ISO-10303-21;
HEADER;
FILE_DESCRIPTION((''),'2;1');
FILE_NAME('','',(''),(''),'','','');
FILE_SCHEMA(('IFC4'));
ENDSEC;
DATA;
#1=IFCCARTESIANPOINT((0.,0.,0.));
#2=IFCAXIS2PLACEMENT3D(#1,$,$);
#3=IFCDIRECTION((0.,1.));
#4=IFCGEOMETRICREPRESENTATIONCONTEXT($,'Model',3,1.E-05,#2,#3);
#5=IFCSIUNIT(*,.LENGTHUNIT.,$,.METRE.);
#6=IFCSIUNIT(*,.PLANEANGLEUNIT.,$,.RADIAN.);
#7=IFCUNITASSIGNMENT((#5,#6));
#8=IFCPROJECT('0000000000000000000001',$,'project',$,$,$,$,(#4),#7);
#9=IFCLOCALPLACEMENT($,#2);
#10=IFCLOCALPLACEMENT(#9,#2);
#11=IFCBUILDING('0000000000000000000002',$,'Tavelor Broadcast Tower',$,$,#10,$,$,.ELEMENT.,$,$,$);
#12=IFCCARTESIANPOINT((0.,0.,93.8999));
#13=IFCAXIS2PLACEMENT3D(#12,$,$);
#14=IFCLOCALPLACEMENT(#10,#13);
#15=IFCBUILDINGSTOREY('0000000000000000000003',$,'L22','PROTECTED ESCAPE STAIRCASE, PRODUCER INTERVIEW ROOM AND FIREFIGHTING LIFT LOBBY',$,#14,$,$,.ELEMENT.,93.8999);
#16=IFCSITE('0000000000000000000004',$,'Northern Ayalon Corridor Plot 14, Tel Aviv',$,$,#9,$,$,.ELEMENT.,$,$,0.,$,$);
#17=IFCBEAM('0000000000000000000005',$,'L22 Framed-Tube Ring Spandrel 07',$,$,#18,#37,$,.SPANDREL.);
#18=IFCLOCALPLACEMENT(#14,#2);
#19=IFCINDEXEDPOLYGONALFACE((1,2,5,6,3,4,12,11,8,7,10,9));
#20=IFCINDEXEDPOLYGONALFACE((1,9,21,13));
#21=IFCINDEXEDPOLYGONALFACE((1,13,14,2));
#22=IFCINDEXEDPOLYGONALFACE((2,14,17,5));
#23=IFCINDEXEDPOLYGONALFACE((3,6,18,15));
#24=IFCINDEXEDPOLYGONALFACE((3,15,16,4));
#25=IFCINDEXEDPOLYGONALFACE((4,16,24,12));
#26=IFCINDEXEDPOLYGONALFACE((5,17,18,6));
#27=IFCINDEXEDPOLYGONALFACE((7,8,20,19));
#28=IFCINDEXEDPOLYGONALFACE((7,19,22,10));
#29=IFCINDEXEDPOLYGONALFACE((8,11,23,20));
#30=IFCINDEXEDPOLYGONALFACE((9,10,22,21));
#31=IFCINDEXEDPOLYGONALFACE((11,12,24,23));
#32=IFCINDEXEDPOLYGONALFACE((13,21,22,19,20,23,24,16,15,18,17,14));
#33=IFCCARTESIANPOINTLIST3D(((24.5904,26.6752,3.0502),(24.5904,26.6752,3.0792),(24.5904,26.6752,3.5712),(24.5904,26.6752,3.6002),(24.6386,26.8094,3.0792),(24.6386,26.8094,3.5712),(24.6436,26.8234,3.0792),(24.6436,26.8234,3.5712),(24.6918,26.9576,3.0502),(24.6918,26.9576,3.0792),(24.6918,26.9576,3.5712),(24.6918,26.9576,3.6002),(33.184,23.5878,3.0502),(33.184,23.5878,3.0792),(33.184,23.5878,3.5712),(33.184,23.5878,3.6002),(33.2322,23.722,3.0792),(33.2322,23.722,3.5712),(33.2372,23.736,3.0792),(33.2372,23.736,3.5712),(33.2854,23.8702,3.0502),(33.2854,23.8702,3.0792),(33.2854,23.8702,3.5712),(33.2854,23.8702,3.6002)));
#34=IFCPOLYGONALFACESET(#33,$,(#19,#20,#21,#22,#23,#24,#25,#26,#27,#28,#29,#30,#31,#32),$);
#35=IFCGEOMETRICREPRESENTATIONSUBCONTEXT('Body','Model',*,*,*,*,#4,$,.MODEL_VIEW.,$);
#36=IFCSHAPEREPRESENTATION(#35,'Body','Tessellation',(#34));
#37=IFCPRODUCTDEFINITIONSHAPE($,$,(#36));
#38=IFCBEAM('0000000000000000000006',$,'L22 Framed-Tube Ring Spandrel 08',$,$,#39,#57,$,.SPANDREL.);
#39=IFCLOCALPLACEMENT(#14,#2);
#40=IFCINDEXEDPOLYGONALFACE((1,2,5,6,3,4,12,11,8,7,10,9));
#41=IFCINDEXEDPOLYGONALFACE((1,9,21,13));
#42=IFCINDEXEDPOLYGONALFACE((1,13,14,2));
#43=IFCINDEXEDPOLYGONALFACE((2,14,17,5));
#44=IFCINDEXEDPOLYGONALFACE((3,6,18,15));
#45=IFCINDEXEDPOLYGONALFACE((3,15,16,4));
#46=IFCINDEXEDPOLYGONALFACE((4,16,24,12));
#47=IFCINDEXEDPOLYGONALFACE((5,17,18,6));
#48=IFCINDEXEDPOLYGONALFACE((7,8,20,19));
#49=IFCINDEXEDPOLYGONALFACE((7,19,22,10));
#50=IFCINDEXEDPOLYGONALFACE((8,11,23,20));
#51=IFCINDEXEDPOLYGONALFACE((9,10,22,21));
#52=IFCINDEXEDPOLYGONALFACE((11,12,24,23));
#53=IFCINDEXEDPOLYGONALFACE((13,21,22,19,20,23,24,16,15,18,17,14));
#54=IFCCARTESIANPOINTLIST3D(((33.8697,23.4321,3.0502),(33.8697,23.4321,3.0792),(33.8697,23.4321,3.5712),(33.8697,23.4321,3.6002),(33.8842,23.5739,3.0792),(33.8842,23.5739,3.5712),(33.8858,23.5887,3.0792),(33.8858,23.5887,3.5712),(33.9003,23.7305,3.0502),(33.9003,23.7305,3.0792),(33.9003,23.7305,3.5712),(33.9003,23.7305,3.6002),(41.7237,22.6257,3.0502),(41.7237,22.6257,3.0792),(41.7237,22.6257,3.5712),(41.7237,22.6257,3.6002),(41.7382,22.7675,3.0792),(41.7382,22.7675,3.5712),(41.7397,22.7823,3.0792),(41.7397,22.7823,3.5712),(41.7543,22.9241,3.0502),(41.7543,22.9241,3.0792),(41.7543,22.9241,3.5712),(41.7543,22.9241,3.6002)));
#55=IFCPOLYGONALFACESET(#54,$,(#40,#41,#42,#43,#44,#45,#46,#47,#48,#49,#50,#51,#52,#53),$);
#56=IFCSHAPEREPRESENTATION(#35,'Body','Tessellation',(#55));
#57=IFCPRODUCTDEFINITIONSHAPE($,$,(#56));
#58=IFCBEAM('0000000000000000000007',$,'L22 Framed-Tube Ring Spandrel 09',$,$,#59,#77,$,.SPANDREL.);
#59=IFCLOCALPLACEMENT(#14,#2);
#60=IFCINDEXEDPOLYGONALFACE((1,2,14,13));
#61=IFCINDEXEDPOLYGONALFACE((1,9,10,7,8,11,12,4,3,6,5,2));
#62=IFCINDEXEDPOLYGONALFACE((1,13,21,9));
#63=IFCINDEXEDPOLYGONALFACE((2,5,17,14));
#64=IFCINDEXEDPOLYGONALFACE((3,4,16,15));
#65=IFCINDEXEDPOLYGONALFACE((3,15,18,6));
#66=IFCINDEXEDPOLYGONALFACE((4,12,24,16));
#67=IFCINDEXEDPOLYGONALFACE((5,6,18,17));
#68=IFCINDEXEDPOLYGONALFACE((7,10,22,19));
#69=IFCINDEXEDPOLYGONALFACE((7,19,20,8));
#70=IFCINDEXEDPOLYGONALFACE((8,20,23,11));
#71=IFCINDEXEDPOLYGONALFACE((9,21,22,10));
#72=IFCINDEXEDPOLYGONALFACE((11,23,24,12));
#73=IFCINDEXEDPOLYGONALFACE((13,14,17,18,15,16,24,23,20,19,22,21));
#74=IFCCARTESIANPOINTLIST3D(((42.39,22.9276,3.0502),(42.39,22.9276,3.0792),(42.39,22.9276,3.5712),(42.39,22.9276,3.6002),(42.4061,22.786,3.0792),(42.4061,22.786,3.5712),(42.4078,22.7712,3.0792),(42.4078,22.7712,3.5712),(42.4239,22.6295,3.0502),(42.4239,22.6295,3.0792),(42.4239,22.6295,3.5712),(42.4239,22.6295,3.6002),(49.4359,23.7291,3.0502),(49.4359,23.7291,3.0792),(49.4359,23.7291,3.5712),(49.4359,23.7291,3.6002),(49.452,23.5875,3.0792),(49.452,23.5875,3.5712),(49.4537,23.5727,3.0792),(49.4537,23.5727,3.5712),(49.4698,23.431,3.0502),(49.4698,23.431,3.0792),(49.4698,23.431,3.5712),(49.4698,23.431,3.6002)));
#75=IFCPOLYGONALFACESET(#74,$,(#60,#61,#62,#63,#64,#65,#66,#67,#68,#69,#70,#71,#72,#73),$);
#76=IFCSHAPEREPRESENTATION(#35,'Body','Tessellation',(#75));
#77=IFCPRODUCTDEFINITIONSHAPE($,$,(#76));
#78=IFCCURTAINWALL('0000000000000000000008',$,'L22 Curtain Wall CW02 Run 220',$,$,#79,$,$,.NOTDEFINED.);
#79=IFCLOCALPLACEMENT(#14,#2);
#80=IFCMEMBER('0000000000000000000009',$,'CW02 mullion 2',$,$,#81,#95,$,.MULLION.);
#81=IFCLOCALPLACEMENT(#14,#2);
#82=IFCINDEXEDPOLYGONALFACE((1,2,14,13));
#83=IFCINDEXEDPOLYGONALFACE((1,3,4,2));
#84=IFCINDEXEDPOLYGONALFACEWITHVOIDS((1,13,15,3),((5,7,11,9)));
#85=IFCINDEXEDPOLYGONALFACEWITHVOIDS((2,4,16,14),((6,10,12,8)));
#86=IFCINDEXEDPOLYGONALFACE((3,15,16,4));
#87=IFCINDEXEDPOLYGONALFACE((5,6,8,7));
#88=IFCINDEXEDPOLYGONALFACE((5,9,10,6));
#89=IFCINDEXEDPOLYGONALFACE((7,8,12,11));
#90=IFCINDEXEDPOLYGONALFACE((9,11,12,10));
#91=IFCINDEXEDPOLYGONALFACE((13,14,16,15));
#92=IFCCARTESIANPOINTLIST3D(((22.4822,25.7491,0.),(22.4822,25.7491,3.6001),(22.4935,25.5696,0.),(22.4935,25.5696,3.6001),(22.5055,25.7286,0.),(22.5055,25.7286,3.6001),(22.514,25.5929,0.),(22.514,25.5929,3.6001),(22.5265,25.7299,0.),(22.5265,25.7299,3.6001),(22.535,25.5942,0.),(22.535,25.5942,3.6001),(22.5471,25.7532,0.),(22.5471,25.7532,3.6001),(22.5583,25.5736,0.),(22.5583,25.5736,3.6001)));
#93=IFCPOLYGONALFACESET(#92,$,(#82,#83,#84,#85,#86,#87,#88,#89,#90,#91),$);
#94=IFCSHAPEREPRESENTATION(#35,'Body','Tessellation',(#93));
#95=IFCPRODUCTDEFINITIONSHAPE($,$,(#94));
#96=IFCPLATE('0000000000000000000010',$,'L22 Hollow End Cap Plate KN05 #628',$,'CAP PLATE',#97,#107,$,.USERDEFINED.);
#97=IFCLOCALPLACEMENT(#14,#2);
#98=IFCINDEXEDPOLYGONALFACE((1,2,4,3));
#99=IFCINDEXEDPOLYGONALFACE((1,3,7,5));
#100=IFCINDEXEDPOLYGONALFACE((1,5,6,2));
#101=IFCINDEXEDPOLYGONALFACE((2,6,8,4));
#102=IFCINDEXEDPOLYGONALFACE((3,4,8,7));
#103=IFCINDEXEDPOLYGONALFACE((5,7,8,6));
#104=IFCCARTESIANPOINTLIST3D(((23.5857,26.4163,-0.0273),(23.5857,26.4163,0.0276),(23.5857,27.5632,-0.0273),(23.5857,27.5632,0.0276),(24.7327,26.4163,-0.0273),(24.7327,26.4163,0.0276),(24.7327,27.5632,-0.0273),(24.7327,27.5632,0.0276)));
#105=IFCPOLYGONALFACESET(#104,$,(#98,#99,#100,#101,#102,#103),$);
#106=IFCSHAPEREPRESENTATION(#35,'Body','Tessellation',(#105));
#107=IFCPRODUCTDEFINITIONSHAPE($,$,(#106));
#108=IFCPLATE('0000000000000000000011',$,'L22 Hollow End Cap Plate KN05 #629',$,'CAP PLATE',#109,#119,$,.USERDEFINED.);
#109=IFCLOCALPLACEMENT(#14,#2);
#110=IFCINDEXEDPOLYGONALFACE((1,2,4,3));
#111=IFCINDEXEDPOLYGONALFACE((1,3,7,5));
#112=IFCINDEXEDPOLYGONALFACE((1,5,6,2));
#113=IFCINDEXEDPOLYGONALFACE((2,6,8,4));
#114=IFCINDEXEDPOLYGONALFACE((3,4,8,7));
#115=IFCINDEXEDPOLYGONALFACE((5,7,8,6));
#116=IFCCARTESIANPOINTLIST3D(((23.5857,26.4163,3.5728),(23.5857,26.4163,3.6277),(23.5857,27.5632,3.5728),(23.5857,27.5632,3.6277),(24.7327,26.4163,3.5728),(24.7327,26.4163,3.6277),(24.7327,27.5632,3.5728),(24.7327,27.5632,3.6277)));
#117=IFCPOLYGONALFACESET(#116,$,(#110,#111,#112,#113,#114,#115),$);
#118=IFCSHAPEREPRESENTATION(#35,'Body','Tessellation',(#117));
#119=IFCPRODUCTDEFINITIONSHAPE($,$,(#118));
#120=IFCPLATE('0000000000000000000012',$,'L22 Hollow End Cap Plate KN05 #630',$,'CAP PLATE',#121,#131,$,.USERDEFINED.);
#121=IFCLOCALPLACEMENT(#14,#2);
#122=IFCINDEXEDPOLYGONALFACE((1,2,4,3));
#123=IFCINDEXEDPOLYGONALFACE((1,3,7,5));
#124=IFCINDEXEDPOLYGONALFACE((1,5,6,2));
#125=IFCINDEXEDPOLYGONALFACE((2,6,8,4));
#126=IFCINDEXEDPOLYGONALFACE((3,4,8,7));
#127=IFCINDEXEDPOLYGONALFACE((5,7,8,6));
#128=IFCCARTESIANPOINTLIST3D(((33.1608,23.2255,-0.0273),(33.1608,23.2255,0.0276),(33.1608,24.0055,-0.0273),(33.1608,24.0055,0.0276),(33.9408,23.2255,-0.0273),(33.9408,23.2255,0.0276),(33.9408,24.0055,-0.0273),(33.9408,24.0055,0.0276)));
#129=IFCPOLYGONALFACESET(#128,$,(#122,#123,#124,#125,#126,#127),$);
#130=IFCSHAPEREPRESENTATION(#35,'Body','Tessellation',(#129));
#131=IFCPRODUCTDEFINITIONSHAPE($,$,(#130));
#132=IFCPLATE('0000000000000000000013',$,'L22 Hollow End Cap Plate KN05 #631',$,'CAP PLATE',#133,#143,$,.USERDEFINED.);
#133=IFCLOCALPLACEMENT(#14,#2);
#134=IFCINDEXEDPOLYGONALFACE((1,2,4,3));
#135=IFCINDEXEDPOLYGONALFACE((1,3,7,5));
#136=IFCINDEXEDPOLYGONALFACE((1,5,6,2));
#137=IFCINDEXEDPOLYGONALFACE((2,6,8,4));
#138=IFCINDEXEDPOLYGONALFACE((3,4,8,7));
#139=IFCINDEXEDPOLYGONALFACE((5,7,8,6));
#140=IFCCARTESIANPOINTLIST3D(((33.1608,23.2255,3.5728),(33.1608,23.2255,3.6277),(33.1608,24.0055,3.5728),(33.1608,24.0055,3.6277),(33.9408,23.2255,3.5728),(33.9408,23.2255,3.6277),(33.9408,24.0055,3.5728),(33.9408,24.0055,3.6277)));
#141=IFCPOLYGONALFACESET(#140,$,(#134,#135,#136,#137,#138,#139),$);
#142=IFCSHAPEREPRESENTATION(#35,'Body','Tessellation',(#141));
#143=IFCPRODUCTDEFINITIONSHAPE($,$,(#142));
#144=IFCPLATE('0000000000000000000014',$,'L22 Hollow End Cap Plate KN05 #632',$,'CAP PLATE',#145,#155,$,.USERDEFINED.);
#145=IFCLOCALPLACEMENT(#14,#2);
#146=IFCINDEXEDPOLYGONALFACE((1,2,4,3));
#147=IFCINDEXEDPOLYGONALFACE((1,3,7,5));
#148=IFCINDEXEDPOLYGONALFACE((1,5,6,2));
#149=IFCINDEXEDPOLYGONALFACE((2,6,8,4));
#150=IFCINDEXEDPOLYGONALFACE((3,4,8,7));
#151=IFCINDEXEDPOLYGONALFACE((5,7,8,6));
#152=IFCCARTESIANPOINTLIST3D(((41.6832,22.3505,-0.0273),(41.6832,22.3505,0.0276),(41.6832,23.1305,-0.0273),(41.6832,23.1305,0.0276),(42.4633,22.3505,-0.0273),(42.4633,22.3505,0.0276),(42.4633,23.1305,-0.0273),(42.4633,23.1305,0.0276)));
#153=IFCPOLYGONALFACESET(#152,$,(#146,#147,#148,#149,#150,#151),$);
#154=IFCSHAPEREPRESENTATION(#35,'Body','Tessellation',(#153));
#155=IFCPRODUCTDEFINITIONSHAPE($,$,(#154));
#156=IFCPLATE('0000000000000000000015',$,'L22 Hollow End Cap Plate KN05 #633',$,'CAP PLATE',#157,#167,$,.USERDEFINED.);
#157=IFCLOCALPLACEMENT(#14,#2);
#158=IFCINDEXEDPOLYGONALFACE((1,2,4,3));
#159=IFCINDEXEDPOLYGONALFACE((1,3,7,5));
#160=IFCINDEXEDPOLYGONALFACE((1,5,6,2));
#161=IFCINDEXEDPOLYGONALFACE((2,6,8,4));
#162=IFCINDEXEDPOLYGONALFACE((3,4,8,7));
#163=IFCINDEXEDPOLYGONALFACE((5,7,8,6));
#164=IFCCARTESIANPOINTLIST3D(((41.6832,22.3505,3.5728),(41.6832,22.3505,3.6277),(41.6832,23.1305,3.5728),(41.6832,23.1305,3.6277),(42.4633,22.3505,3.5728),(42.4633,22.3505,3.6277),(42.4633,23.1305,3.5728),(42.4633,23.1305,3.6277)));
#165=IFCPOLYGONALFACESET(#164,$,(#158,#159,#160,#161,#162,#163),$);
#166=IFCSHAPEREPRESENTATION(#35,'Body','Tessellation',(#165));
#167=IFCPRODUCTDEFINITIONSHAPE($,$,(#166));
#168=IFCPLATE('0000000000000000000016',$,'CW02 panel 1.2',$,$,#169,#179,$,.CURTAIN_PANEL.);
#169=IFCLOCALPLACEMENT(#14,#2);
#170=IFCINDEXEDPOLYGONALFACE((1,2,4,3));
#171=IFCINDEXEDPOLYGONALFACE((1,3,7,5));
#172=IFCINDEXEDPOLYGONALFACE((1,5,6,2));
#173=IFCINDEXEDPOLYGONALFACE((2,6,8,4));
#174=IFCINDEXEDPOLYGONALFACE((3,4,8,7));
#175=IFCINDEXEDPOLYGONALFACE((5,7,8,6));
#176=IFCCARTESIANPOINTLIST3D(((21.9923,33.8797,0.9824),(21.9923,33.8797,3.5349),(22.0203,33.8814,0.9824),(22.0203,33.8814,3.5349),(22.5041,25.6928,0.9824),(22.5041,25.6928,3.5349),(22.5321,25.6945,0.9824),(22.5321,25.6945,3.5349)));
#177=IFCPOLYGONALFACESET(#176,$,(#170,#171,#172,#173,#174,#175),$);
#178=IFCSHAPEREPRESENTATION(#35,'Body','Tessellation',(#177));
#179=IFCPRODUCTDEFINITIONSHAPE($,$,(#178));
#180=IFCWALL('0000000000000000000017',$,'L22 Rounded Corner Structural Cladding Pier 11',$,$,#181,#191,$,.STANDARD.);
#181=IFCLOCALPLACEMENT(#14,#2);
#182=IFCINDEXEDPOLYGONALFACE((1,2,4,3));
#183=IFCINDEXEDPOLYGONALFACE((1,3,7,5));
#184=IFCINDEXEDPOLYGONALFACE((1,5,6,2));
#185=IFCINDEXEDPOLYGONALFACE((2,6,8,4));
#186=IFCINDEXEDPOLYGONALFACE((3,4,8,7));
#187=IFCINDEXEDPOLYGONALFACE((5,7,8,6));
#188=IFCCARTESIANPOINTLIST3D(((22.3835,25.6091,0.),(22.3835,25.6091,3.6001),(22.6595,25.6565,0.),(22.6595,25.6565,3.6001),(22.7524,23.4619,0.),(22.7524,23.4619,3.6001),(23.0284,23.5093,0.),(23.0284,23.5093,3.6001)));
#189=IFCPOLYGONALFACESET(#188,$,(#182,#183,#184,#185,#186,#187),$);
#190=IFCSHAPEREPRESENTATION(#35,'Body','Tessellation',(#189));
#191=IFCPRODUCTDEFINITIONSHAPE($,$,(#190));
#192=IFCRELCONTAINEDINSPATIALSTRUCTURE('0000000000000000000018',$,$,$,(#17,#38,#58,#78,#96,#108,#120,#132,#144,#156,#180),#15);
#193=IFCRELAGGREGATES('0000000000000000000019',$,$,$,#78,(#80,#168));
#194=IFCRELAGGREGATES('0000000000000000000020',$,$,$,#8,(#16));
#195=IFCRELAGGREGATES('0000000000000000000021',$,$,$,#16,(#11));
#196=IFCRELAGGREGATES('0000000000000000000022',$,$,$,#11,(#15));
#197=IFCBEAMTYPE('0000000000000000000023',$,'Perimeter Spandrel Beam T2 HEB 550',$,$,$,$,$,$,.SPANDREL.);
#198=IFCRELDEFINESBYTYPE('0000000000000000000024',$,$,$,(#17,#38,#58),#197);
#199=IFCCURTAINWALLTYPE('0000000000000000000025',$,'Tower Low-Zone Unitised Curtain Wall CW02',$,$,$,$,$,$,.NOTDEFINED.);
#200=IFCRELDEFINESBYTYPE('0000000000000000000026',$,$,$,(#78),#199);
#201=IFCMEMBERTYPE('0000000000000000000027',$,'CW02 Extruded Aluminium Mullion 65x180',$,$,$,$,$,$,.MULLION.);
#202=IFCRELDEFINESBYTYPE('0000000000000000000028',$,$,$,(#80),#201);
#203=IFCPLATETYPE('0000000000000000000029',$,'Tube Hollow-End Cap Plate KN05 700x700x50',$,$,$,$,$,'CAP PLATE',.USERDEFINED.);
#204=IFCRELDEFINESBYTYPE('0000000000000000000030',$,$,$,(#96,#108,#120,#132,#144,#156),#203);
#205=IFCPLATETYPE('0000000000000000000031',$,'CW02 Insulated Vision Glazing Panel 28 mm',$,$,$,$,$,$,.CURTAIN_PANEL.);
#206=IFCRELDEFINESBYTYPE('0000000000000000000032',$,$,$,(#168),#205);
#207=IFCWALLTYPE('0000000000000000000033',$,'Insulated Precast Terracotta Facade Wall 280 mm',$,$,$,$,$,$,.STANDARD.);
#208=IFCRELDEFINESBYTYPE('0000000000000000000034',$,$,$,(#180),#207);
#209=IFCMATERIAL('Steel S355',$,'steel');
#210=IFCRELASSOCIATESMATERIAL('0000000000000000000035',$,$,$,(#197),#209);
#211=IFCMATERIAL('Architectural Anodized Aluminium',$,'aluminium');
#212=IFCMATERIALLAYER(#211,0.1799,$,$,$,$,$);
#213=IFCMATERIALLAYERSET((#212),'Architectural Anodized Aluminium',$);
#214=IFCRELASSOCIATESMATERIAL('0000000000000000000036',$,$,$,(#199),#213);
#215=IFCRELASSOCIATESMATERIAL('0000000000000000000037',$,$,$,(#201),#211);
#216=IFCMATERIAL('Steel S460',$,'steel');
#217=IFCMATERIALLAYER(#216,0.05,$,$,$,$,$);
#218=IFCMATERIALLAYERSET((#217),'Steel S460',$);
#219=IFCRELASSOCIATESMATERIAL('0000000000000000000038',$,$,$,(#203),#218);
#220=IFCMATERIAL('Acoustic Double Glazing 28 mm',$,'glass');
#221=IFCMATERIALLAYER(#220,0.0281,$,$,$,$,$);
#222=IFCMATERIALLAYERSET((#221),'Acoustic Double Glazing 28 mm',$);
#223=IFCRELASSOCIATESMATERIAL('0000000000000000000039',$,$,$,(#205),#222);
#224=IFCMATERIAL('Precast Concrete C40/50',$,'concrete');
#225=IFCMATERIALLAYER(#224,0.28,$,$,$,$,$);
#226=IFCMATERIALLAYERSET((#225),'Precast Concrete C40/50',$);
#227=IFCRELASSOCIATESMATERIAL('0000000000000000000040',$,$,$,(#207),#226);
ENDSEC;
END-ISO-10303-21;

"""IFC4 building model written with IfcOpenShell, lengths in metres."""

from ifc_helpers import new_model, si_unit, direction, frame, frame_2d, origin, origin_2d, place, context, subcontext, project, spatial, rectangle, hollow_rectangle, i_section, extrude, source, transform, mapped, material, layer, layer_set, material_profile, profile_set, type_object, type_shapes, element, aggregate, save


model = new_model("IFC4")

# Units and contexts
model_context = context("Model", 3, precision=1e-05, world=origin(), true_north=direction((0.0, 1.0)))
body_context = subcontext(model_context, "Body", "Model", "MODEL_VIEW")
ifc_project = project(units=[si_unit("LENGTHUNIT", "METRE"), si_unit("PLANEANGLEUNIT", "RADIAN")], contexts=[model_context])

# Site, building, storey
site_placement = place(None, origin())
site = spatial("IfcSite", under=ifc_project, at=site_placement, Name="Northern Ayalon Corridor Plot 14, Tel Aviv", CompositionType="ELEMENT", RefElevation=0.0)
building_placement = place(site_placement, origin())
building = spatial("IfcBuilding", under=site, at=building_placement, Name="Tavelor Broadcast Tower", CompositionType="ELEMENT")
storey_placement = place(building_placement, frame((0.0, 0.0, 93.8999)))
storey = spatial("IfcBuildingStorey", under=building, at=storey_placement, Name="L22", Description="PROTECTED ESCAPE STAIRCASE, PRODUCER INTERVIEW ROOM AND FIREFIGHTING LIFT LOBBY", CompositionType="ELEMENT", Elevation=93.8999)

# Shared definitions
ifc_material_1 = material(Name="Steel S460", Category="steel")

# Beams
ifc_material_2 = material(Name="Steel S355", Category="steel")
ifc_material_profile_1 = material_profile(ifc_material_2, i_section(OverallWidth=0.3, OverallDepth=0.55, WebThickness=0.0149, FlangeThickness=0.0291, at=origin_2d()), Name="HEB 550")
ifc_profile_set_1 = profile_set([ifc_material_profile_1], Name="Steel S355")
beam_type_1 = type_object("IfcBeamType", Name="Perimeter Spandrel Beam T2 HEB 550", PredefinedType="SPANDREL", material=ifc_profile_set_1)
beam_1_placement = place(storey_placement, frame((24.6411, 26.8164, 3.3252), z_axis=(0.941106, -0.338113, 0.0), x_axis=(0.338113, 0.941106, 0.0)))
element("IfcBeam", 1, at=beam_1_placement, inside=storey, type_object=beam_type_1, Name="L22 Framed-Tube Ring Spandrel 07", PredefinedType="SPANDREL", context=body_context, shape_type="SweptSolid", body=[
    extrude(i_section(OverallWidth=0.3, OverallDepth=0.55, WebThickness=0.0149, FlangeThickness=0.0291, at=origin_2d()), origin(), (0.0, 0.0, 1.0), 9.1313),
])
beam_2_placement = place(storey_placement, frame((33.885, 23.5813, 3.3252), z_axis=(0.99477, -0.102136, 0.0), x_axis=(0.102136, 0.99477, 0.0)))
element("IfcBeam", 2, at=beam_2_placement, inside=storey, type_object=beam_type_1, Name="L22 Framed-Tube Ring Spandrel 08", PredefinedType="SPANDREL", context=body_context, shape_type="SweptSolid", body=[
    extrude(i_section(OverallWidth=0.3, OverallDepth=0.55, WebThickness=0.0149, FlangeThickness=0.0291, at=origin_2d()), origin(), (0.0, 0.0, 1.0), 7.8953),
])
beam_3_placement = place(storey_placement, frame((42.407, 22.7786, 3.3252), z_axis=(0.993592, 0.113027, 0.0), x_axis=(-0.113027, 0.993592, 0.0)))
element("IfcBeam", 3, at=beam_3_placement, inside=storey, type_object=beam_type_1, Name="L22 Framed-Tube Ring Spandrel 09", PredefinedType="SPANDREL", context=body_context, shape_type="SweptSolid", body=[
    extrude(i_section(OverallWidth=0.3, OverallDepth=0.55, WebThickness=0.0149, FlangeThickness=0.0291, at=origin_2d()), origin(), (0.0, 0.0, 1.0), 7.0913),
])

# Curtain wall, member
ifc_material_3 = material(Name="Architectural Anodized Aluminium", Category="aluminium")
ifc_layer_1 = layer(ifc_material_3, 0.1799)
ifc_layer_set_1 = layer_set([ifc_layer_1], Name="Architectural Anodized Aluminium")
curtain_wall_type = type_object("IfcCurtainWallType", Name="Tower Low-Zone Unitised Curtain Wall CW02", PredefinedType="NOTDEFINED", material=ifc_layer_set_1)
curtain_wall_placement = place(storey_placement, origin())
curtain_wall = element("IfcCurtainWall", 4, at=curtain_wall_placement, inside=storey, type_object=curtain_wall_type, Name="L22 Curtain Wall CW02 Run 220", PredefinedType="NOTDEFINED")
ifc_material_profile_2 = material_profile(ifc_material_3, hollow_rectangle(XDim=0.0649, YDim=0.1799, WallThickness=0.022, at=origin_2d()), Name="RHS 65x180x22")
ifc_profile_set_2 = profile_set([ifc_material_profile_2], Name="Architectural Anodized Aluminium")
member_type = type_object("IfcMemberType", Name="CW02 Extruded Aluminium Mullion 65x180", PredefinedType="MULLION", material=ifc_profile_set_2)
shared_shape_1 = source(origin(), body_context, "Body", "SweptSolid", [
    extrude(hollow_rectangle(XDim=0.0649, YDim=0.1799, WallThickness=0.022, at=origin_2d()), origin(), (0.0, 0.0, 1.0), 3.6001),
])
type_shapes(member_type, [shared_shape_1])
member_placement = place(storey_placement, frame((22.5203, 25.6614, 0.0), z_axis=(0.0, 0.0, 1.0), x_axis=(0.998052, 0.062392, 0.0)))
member = element("IfcMember", 5, at=member_placement, type_object=member_type, Name="CW02 mullion 2", PredefinedType="MULLION", context=body_context, shape_type="MappedRepresentation", body=[
    mapped(shared_shape_1, transform((0.0, 0.0, 0.0), scale=1.0)),
])

# Plates
ifc_layer_2 = layer(ifc_material_1, 0.05)
ifc_layer_set_2 = layer_set([ifc_layer_2], Name="Steel S460")
plate_type_1 = type_object("IfcPlateType", Name="Tube Hollow-End Cap Plate KN05 700x700x50", ElementType="CAP PLATE", PredefinedType="USERDEFINED", material=ifc_layer_set_2)
shared_shape_2 = source(origin(), body_context, "Body", "SweptSolid", [
    extrude(rectangle(XDim=1.147, YDim=1.147, at=origin_2d()), origin(), (0.0, 0.0, 1.0), 0.0549),
])
for number, where, z_axis, x_axis, name in (
    (6, (24.1592, 26.9897, -0.0273), (0.0, 0.0, 1.0), (1.0, 0.0, 0.0), "L22 Hollow End Cap Plate KN05 #628"),
    (7, (24.1592, 26.9897, 3.5728), (0.0, 0.0, 1.0), (1.0, 0.0, 0.0), "L22 Hollow End Cap Plate KN05 #629"),
):
    element("IfcPlate", number, at=place(storey_placement, frame(where, z_axis=z_axis, x_axis=x_axis)), inside=storey, type_object=plate_type_1, Name=name, ObjectType="CAP PLATE", PredefinedType="USERDEFINED", context=body_context, shape_type="MappedRepresentation", body=[
        mapped(shared_shape_2, transform((0.0, 0.0, 0.0), scale=1.0)),
    ])
shared_shape_3 = source(origin(), body_context, "Body", "SweptSolid", [
    extrude(rectangle(XDim=0.78, YDim=0.78, at=origin_2d()), origin(), (0.0, 0.0, 1.0), 0.0549),
])
type_shapes(plate_type_1, [shared_shape_2, shared_shape_3])
for number, where, z_axis, x_axis, name in (
    (8, (33.5508, 23.6155, -0.0273), (0.0, 0.0, 1.0), (1.0, 0.0, 0.0), "L22 Hollow End Cap Plate KN05 #630"),
    (9, (33.5508, 23.6155, 3.5728), (0.0, 0.0, 1.0), (1.0, 0.0, 0.0), "L22 Hollow End Cap Plate KN05 #631"),
    (10, (42.0732, 22.7405, -0.0273), (0.0, 0.0, 1.0), (1.0, 0.0, 0.0), "L22 Hollow End Cap Plate KN05 #632"),
    (11, (42.0732, 22.7405, 3.5728), (0.0, 0.0, 1.0), (1.0, 0.0, 0.0), "L22 Hollow End Cap Plate KN05 #633"),
):
    element("IfcPlate", number, at=place(storey_placement, frame(where, z_axis=z_axis, x_axis=x_axis)), inside=storey, type_object=plate_type_1, Name=name, ObjectType="CAP PLATE", PredefinedType="USERDEFINED", context=body_context, shape_type="MappedRepresentation", body=[
        mapped(shared_shape_3, transform((0.0, 0.0, 0.0), scale=1.0)),
    ])

# Plate
ifc_material_4 = material(Name="Acoustic Double Glazing 28 mm", Category="glass")
ifc_layer_3 = layer(ifc_material_4, 0.0281)
ifc_layer_set_3 = layer_set([ifc_layer_3], Name="Acoustic Double Glazing 28 mm")
plate_type_2 = type_object("IfcPlateType", Name="CW02 Insulated Vision Glazing Panel 28 mm", PredefinedType="CURTAIN_PANEL", material=ifc_layer_set_3)
shared_shape_4 = source(origin(), body_context, "Body", "SweptSolid", [
    extrude(rectangle(XDim=8.2029, YDim=0.0281, at=origin_2d()), origin(), (0.0, 0.0, 1.0), 2.5525),
])
type_shapes(plate_type_2, [shared_shape_4])
plate_placement = place(storey_placement, frame((22.2622, 29.7871, 0.9824), z_axis=(0.0, 0.0, 1.0), x_axis=(0.062392, -0.998052, 0.0)))
plate = element("IfcPlate", 12, at=plate_placement, type_object=plate_type_2, Name="CW02 panel 1.2", PredefinedType="CURTAIN_PANEL", context=body_context, shape_type="MappedRepresentation", body=[
    mapped(shared_shape_4, transform((0.0, 0.0, 0.0), scale=1.0)),
])
aggregate(curtain_wall, [member, plate])

# Wall
ifc_material_5 = material(Name="Precast Concrete C40/50", Category="concrete")
ifc_layer_4 = layer(ifc_material_5, 0.28)
ifc_layer_set_4 = layer_set([ifc_layer_4], Name="Precast Concrete C40/50")
wall_type_1 = type_object("IfcWallType", Name="Insulated Precast Terracotta Facade Wall 280 mm", PredefinedType="STANDARD", material=ifc_layer_set_4)
wall_1_placement = place(storey_placement, frame((22.5215, 25.6328, 0.0), z_axis=(0.0, 0.0, 1.0), x_axis=(0.169321, -0.985561, 0.0)))
element("IfcWall", 13, at=wall_1_placement, inside=storey, type_object=wall_type_1, Name="L22 Rounded Corner Structural Cladding Pier 11", PredefinedType="STANDARD", context=body_context, shape_type="SweptSolid", body=[
    extrude(rectangle(XDim=2.1787, YDim=0.28, at=frame_2d((1.0894, 0.0))), origin(), (0.0, 0.0, 1.0), 3.6001),
])

save(model, "model.ifc")
